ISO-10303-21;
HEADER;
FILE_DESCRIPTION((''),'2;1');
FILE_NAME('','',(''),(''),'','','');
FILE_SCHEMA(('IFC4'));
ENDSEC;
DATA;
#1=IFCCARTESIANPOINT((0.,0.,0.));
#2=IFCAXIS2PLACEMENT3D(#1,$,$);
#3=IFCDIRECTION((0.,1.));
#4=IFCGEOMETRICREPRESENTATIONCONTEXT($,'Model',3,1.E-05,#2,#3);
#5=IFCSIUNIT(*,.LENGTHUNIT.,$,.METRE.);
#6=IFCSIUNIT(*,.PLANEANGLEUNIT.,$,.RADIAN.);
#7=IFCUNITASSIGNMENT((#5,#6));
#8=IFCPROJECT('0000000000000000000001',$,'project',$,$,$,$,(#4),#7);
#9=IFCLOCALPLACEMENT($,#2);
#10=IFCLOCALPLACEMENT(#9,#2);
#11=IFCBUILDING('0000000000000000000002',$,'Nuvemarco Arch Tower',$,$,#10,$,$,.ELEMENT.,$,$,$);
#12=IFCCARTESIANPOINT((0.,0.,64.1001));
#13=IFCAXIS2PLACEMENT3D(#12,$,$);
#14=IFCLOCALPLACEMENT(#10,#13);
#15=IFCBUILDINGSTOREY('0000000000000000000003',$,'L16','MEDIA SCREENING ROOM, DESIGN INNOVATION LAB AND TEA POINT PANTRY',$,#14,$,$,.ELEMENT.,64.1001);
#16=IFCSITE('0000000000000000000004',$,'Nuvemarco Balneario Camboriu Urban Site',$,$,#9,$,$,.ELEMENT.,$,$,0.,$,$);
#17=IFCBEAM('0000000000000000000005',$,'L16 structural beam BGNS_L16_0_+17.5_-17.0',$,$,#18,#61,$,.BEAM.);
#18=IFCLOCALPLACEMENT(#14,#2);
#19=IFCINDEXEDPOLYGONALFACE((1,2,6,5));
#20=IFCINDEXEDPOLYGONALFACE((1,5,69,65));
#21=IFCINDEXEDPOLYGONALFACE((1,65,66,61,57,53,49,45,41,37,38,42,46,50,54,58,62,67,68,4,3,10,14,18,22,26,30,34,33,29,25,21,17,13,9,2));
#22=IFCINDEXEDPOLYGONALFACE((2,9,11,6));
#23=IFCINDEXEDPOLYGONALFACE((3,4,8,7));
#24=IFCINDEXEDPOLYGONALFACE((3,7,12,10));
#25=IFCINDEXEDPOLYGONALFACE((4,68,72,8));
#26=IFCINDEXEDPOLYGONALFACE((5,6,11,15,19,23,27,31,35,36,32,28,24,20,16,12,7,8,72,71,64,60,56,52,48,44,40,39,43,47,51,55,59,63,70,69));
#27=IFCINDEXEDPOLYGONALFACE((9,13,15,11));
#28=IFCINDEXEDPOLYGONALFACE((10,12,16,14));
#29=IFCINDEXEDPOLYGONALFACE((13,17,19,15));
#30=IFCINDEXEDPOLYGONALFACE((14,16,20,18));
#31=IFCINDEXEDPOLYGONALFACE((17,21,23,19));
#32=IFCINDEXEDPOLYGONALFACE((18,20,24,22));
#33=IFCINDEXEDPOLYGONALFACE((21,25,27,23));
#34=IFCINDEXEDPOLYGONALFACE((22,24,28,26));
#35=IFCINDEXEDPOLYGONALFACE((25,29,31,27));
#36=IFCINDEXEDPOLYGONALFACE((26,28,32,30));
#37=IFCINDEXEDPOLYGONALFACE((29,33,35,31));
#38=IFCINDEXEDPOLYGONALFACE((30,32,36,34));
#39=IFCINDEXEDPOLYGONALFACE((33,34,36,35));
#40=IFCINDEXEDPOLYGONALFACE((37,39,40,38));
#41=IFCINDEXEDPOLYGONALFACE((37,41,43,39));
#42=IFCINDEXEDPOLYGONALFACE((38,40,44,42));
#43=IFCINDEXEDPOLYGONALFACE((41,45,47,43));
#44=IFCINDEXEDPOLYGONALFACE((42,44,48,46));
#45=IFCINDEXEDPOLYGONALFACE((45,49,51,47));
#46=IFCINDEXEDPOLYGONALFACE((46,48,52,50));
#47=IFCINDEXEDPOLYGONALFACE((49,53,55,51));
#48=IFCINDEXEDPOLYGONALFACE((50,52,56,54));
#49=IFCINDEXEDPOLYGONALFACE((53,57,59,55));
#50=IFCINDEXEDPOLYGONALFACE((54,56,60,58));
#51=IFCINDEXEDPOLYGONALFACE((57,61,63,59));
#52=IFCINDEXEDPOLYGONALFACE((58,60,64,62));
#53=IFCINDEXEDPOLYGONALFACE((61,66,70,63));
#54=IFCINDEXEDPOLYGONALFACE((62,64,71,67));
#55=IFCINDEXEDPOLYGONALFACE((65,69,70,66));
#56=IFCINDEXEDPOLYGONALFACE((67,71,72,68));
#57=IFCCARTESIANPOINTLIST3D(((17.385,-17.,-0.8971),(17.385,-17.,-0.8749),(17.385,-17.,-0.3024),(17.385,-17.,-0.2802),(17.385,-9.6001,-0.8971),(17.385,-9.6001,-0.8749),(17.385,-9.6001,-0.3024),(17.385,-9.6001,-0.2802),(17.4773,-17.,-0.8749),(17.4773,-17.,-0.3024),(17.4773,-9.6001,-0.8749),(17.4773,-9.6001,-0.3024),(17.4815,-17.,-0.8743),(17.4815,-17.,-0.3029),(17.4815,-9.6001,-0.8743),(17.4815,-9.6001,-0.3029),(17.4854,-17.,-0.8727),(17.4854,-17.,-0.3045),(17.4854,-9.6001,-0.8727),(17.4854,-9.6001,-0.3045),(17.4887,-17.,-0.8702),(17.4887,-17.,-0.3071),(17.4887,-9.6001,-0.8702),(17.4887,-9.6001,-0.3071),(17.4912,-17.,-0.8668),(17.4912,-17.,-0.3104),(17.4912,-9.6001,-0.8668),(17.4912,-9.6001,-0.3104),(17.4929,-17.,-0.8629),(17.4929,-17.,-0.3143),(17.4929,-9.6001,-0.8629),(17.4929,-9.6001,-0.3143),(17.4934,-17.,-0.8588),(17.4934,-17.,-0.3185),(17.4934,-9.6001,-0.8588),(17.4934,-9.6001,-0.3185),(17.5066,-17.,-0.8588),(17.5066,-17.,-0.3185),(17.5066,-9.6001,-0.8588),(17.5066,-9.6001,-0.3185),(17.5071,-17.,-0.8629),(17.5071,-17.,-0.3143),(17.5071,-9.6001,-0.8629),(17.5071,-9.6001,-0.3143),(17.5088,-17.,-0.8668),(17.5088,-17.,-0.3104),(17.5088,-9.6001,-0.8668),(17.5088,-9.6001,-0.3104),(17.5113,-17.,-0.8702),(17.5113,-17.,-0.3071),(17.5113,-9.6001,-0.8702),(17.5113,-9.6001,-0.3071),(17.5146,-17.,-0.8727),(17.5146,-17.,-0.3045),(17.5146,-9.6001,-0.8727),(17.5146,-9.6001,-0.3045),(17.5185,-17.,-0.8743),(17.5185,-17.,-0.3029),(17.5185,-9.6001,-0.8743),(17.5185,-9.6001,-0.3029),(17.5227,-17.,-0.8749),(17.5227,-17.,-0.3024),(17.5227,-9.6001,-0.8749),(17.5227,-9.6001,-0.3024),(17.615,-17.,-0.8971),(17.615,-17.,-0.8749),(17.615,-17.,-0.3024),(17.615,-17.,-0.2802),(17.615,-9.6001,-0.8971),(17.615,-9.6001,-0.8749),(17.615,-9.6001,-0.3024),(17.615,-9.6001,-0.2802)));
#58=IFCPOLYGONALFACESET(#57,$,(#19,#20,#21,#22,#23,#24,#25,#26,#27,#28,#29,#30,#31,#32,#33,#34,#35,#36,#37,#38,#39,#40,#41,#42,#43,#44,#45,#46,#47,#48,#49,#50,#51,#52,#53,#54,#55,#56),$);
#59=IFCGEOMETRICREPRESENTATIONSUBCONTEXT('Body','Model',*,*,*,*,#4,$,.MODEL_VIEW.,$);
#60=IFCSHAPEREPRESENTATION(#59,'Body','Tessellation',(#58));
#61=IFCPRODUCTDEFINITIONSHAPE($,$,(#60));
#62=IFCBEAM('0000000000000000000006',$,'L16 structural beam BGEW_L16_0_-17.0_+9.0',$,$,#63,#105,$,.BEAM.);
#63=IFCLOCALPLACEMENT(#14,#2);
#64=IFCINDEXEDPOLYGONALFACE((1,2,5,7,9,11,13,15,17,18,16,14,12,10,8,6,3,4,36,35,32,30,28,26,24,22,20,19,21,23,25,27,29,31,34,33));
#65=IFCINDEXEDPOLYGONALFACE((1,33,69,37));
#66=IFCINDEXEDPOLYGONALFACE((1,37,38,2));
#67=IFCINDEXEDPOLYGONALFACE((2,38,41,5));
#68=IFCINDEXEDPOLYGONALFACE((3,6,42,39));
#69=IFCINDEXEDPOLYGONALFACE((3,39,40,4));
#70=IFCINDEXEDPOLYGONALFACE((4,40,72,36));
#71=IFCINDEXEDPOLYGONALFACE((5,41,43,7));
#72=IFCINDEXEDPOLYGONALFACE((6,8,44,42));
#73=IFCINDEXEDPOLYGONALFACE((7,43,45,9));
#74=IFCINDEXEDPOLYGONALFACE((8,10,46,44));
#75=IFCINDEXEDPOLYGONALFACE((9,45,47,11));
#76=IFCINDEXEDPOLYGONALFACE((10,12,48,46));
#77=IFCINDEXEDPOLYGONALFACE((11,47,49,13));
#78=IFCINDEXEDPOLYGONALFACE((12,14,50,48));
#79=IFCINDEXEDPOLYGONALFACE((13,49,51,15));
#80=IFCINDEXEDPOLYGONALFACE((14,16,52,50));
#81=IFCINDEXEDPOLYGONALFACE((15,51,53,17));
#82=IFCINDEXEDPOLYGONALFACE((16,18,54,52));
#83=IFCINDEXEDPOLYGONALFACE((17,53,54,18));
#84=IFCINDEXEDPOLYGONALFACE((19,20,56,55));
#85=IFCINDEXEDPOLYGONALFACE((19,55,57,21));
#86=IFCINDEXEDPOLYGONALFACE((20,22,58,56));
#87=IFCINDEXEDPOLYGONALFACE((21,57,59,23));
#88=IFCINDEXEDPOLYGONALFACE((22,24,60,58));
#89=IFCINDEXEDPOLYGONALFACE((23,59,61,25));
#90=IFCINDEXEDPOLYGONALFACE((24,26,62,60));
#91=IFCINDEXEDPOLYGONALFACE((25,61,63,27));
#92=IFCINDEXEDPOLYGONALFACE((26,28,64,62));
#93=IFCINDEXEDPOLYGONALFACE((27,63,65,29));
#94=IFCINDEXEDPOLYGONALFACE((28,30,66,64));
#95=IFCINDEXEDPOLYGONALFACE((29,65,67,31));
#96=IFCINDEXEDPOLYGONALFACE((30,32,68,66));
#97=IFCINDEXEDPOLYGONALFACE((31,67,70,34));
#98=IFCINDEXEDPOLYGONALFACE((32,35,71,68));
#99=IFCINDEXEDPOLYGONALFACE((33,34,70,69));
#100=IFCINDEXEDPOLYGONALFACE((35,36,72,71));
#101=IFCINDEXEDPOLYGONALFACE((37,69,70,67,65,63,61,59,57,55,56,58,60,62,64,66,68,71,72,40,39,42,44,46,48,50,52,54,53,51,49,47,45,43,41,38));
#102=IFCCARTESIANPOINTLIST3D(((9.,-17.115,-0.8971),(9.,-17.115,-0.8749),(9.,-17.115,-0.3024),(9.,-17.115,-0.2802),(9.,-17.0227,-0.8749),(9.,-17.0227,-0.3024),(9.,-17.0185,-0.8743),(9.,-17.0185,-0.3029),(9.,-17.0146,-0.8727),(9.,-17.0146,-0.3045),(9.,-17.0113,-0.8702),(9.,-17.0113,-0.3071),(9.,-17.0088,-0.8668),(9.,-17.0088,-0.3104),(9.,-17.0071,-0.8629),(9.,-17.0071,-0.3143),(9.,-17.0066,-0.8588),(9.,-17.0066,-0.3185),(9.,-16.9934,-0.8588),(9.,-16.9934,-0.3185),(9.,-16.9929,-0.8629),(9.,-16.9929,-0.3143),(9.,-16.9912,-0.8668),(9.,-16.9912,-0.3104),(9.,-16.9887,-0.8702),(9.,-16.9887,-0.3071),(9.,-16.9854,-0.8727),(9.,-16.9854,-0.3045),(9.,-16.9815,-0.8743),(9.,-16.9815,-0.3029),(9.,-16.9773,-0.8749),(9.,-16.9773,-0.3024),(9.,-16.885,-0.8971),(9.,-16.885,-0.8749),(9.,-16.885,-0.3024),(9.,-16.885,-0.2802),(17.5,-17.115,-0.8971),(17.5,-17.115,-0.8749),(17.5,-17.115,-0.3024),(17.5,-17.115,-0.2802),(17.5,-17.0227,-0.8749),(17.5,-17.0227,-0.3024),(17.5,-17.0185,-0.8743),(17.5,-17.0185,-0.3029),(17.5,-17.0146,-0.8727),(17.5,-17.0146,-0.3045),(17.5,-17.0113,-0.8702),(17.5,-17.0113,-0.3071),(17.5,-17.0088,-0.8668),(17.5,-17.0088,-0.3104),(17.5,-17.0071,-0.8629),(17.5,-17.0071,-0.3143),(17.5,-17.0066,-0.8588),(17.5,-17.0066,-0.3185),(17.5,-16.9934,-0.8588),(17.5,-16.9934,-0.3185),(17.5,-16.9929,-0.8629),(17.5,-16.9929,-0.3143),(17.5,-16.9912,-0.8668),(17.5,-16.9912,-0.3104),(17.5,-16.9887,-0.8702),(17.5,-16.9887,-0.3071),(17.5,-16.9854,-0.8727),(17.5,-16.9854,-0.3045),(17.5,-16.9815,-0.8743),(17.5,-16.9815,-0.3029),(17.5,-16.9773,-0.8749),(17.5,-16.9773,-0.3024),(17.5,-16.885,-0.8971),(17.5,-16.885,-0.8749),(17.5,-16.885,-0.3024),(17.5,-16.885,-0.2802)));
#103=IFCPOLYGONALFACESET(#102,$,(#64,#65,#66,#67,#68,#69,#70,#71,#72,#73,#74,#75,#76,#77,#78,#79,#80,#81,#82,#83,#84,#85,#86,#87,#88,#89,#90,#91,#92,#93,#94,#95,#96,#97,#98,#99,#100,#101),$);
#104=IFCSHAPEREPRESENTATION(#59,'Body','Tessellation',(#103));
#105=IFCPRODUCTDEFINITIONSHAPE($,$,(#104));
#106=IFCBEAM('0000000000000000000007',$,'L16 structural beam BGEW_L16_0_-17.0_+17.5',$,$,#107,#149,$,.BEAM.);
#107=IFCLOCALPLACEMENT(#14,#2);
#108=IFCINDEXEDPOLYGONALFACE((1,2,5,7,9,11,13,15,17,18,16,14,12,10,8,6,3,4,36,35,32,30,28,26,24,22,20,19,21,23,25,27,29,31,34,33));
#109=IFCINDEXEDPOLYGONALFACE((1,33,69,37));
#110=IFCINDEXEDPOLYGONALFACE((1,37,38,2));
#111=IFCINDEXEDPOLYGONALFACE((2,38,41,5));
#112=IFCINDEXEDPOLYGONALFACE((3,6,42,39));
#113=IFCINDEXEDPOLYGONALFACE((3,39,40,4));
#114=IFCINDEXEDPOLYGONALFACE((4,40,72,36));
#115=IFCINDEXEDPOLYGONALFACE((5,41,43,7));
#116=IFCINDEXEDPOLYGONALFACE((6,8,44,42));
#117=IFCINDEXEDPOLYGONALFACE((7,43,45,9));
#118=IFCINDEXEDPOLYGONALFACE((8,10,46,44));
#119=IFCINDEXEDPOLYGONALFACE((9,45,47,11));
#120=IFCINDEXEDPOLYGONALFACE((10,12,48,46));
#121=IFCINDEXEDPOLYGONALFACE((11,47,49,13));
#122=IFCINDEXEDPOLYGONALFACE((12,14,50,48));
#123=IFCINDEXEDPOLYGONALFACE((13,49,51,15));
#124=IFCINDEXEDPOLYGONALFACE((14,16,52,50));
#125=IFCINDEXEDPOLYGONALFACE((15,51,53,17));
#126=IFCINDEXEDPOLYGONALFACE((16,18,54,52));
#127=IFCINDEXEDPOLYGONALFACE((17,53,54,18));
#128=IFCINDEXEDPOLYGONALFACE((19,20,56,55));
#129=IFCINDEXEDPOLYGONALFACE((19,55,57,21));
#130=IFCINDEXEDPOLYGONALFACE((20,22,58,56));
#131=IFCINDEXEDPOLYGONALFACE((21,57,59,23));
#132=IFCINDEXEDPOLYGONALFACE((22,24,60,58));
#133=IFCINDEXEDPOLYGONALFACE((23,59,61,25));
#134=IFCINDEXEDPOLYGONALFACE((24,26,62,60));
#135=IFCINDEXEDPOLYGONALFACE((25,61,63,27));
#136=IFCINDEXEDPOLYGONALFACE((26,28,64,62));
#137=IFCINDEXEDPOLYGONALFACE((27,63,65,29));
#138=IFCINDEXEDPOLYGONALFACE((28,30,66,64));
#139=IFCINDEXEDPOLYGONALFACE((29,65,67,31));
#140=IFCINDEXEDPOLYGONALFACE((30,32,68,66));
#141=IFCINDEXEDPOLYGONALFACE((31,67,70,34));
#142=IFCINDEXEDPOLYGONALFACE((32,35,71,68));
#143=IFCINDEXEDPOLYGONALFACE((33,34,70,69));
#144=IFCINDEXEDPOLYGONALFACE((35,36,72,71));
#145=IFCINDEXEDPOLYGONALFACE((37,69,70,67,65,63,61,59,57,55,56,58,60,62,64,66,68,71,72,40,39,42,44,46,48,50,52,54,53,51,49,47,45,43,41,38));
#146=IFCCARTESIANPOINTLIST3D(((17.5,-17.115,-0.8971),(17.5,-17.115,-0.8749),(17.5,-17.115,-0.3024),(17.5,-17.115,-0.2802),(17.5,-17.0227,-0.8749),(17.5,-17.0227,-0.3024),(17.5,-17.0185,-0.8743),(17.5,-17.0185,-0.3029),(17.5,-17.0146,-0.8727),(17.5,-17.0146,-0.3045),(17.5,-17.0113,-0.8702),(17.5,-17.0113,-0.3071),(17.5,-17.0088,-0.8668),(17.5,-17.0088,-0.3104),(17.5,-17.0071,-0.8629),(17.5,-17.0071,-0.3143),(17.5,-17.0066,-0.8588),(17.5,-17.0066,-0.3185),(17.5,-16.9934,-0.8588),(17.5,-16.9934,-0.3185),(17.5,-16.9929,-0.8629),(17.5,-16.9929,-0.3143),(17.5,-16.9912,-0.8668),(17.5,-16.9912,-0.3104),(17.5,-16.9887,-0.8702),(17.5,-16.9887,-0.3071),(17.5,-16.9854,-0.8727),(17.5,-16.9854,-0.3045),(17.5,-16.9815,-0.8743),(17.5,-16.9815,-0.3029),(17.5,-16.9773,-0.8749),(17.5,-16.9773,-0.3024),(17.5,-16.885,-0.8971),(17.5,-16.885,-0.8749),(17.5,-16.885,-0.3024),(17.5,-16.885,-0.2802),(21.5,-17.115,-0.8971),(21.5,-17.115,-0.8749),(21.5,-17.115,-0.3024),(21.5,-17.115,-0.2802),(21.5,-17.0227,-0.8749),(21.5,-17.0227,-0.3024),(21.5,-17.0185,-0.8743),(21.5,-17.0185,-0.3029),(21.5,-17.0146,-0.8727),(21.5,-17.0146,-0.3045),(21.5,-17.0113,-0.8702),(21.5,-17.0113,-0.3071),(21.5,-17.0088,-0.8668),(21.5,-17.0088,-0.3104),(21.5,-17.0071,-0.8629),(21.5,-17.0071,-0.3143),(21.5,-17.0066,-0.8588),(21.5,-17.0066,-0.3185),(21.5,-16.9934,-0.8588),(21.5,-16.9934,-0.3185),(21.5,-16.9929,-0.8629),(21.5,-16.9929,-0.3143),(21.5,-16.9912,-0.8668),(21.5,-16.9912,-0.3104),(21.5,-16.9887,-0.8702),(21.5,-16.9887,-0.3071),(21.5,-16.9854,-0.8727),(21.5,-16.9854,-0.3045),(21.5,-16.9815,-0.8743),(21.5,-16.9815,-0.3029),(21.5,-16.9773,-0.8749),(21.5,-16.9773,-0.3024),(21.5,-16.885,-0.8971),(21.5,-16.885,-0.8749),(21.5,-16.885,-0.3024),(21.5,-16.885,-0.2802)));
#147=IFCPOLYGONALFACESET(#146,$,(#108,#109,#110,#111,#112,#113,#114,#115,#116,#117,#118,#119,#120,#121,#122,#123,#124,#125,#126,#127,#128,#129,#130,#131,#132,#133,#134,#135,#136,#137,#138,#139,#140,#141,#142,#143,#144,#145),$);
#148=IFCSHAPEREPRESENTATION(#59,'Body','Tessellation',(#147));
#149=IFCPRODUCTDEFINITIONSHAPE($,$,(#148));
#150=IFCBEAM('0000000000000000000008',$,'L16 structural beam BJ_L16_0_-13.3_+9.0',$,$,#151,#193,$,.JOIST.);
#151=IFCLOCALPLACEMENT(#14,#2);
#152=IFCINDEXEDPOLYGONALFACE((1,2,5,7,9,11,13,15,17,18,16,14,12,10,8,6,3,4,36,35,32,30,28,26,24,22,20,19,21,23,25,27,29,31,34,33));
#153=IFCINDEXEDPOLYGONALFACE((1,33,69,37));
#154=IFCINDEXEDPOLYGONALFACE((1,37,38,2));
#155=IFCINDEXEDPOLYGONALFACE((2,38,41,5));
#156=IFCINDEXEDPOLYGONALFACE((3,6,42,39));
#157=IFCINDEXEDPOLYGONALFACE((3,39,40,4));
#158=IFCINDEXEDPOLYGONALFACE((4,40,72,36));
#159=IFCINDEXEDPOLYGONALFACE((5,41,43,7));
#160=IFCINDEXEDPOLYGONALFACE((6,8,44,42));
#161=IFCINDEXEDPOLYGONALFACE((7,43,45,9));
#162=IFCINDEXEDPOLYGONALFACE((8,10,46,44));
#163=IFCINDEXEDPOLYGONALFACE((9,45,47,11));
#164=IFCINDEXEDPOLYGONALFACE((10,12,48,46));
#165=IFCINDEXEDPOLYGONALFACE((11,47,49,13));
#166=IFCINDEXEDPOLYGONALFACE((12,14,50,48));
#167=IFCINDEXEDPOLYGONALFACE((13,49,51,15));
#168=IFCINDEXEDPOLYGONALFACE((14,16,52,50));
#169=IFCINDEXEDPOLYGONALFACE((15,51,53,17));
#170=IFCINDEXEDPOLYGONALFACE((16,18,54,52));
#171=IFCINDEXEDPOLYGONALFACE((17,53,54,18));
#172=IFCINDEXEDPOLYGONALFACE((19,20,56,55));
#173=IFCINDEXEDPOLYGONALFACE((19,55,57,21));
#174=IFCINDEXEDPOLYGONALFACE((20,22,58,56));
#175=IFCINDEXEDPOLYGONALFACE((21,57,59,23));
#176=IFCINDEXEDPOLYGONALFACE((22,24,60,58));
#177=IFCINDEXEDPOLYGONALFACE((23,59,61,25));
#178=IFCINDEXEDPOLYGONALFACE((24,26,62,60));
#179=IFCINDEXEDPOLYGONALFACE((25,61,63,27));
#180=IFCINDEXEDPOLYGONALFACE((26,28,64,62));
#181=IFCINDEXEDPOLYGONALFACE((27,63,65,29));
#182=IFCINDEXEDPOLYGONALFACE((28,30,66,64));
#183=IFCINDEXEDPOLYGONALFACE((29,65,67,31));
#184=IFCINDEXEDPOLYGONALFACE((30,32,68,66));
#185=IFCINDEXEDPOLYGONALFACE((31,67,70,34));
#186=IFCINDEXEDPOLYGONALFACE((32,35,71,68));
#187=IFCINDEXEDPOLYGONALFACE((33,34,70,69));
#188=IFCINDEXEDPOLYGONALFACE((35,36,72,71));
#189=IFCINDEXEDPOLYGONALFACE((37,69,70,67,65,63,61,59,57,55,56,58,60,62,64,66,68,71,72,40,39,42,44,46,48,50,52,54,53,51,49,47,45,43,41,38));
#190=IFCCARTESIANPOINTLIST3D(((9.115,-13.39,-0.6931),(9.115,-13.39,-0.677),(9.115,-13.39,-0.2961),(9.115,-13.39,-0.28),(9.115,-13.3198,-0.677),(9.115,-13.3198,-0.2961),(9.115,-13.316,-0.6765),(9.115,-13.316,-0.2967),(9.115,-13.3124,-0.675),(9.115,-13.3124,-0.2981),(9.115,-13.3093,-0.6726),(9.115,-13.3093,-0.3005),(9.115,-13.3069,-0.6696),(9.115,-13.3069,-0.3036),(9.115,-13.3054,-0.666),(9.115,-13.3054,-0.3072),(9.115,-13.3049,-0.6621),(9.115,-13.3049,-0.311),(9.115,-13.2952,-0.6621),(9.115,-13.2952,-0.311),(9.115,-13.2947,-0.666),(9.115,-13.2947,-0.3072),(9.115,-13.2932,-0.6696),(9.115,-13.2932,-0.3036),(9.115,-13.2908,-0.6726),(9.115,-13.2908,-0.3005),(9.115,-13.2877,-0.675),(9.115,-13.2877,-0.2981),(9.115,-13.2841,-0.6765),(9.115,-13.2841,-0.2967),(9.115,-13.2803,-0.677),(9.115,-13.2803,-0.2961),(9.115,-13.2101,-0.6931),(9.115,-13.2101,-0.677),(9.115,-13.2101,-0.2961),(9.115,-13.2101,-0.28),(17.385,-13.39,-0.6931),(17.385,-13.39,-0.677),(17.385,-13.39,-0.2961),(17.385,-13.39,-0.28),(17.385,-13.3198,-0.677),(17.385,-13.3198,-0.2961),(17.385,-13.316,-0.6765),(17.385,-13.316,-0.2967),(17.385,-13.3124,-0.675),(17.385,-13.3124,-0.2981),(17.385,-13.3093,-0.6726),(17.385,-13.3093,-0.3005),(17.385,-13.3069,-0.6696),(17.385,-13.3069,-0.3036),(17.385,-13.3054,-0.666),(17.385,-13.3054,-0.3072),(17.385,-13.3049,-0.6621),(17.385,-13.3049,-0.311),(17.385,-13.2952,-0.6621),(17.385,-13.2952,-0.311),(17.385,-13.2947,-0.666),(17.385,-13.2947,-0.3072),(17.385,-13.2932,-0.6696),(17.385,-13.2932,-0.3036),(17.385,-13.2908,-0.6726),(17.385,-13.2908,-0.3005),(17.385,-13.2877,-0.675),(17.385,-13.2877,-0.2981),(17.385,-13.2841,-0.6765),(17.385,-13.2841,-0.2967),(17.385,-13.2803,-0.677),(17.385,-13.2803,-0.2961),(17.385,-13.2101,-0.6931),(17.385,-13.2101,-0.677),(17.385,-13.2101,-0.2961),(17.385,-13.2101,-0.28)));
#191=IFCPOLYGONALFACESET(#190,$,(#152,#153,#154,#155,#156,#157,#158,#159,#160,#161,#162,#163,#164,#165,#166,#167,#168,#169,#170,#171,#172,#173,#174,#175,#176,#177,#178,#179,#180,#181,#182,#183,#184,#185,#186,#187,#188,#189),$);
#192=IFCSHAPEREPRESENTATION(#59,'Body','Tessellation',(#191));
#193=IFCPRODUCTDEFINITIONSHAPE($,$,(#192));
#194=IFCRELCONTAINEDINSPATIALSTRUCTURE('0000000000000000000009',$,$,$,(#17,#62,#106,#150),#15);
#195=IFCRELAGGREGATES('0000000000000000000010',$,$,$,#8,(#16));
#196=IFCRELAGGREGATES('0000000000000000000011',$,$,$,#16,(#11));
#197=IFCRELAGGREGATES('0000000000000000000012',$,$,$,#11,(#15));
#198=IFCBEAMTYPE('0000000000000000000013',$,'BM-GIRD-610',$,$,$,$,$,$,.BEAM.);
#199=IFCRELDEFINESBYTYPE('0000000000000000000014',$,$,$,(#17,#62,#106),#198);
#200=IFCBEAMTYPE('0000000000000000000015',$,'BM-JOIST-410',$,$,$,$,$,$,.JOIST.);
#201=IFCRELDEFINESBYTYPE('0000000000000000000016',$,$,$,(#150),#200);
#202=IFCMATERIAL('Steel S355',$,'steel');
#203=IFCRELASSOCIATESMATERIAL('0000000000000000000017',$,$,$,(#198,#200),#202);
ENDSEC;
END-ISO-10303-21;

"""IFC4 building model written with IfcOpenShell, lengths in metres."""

from ifc_helpers import new_model, si_unit, direction, frame, origin, origin_2d, place, context, subcontext, project, spatial, i_section, extrude, material, material_profile, profile_set, type_object, element, save


model = new_model("IFC4")

# Units and contexts
model_context = context("Model", 3, precision=1e-05, world=origin(), true_north=direction((0.0, 1.0)))
body_context = subcontext(model_context, "Body", "Model", "MODEL_VIEW")
ifc_project = project(units=[si_unit("LENGTHUNIT", "METRE"), si_unit("PLANEANGLEUNIT", "RADIAN")], contexts=[model_context])

# Site, building, storey
site_placement = place(None, origin())
site = spatial("IfcSite", under=ifc_project, at=site_placement, Name="Nuvemarco Balneario Camboriu Urban Site", CompositionType="ELEMENT", RefElevation=0.0)
building_placement = place(site_placement, origin())
building = spatial("IfcBuilding", under=site, at=building_placement, Name="Nuvemarco Arch Tower", CompositionType="ELEMENT")
storey_placement = place(building_placement, frame((0.0, 0.0, 64.1001)))
storey = spatial("IfcBuildingStorey", under=building, at=storey_placement, Name="L16", Description="MEDIA SCREENING ROOM, DESIGN INNOVATION LAB AND TEA POINT PANTRY", CompositionType="ELEMENT", Elevation=64.1001)

# Shared definitions
ifc_material_1 = material(Name="Steel S355", Category="steel")

# Beams
ifc_material_profile_1 = material_profile(ifc_material_1, i_section(OverallWidth=0.23, OverallDepth=0.6169, WebThickness=0.0132, FlangeThickness=0.0222, FilletRadius=0.0161, at=origin_2d()), Name="W610x140")
ifc_profile_set_1 = profile_set([ifc_material_profile_1], Name="Steel S355")
beam_type_1 = type_object("IfcBeamType", Name="BM-GIRD-610", PredefinedType="BEAM", material=ifc_profile_set_1)
for number, where, z_axis, x_axis, name in (
    (1, (17.5, -17.0, -0.5886), (0.0, 1.0, 0.0), (-1.0, 0.0, 0.0), "L16 structural beam BGNS_L16_0_+17.5_-17.0"),
):
    element("IfcBeam", number, at=place(storey_placement, frame(where, z_axis=z_axis, x_axis=x_axis)), inside=storey, type_object=beam_type_1, Name=name, PredefinedType="BEAM", context=body_context, shape_type="SweptSolid", body=[
        extrude(i_section(OverallWidth=0.23, OverallDepth=0.6169, WebThickness=0.0132, FlangeThickness=0.0222, FilletRadius=0.0161, at=origin_2d()), origin(), (0.0, 0.0, 1.0), 7.3999),
    ])
beam_1_placement = place(storey_placement, frame((9.0, -17.0, -0.5886), z_axis=(1.0, 0.0, 0.0), x_axis=(0.0, 1.0, 0.0)))
element("IfcBeam", 2, at=beam_1_placement, inside=storey, type_object=beam_type_1, Name="L16 structural beam BGEW_L16_0_-17.0_+9.0", PredefinedType="BEAM", context=body_context, shape_type="SweptSolid", body=[
    extrude(i_section(OverallWidth=0.23, OverallDepth=0.6169, WebThickness=0.0132, FlangeThickness=0.0222, FilletRadius=0.0161, at=origin_2d()), origin(), (0.0, 0.0, 1.0), 8.5),
])
beam_2_placement = place(storey_placement, frame((17.5, -17.0, -0.5886), z_axis=(1.0, 0.0, 0.0), x_axis=(0.0, 1.0, 0.0)))
element("IfcBeam", 3, at=beam_2_placement, inside=storey, type_object=beam_type_1, Name="L16 structural beam BGEW_L16_0_-17.0_+17.5", PredefinedType="BEAM", context=body_context, shape_type="SweptSolid", body=[
    extrude(i_section(OverallWidth=0.23, OverallDepth=0.6169, WebThickness=0.0132, FlangeThickness=0.0222, FilletRadius=0.0161, at=origin_2d()), origin(), (0.0, 0.0, 1.0), 4.0),
])
ifc_material_profile_2 = material_profile(ifc_material_1, i_section(OverallWidth=0.1799, OverallDepth=0.4131, WebThickness=0.0098, FlangeThickness=0.0161, FilletRadius=0.0149, at=origin_2d()), Name="W410x75")
ifc_profile_set_2 = profile_set([ifc_material_profile_2], Name="Steel S355")
beam_type_2 = type_object("IfcBeamType", Name="BM-JOIST-410", PredefinedType="JOIST", material=ifc_profile_set_2)
beam_3_placement = place(storey_placement, frame((9.115, -13.3, -0.4866), z_axis=(1.0, 0.0, 0.0), x_axis=(0.0, 1.0, 0.0)))
element("IfcBeam", 4, at=beam_3_placement, inside=storey, type_object=beam_type_2, Name="L16 structural beam BJ_L16_0_-13.3_+9.0", PredefinedType="JOIST", context=body_context, shape_type="SweptSolid", body=[
    extrude(i_section(OverallWidth=0.1799, OverallDepth=0.4131, WebThickness=0.0098, FlangeThickness=0.0161, FilletRadius=0.0149, at=origin_2d()), origin(), (0.0, 0.0, 1.0), 8.27),
])

save(model, "model.ifc")
